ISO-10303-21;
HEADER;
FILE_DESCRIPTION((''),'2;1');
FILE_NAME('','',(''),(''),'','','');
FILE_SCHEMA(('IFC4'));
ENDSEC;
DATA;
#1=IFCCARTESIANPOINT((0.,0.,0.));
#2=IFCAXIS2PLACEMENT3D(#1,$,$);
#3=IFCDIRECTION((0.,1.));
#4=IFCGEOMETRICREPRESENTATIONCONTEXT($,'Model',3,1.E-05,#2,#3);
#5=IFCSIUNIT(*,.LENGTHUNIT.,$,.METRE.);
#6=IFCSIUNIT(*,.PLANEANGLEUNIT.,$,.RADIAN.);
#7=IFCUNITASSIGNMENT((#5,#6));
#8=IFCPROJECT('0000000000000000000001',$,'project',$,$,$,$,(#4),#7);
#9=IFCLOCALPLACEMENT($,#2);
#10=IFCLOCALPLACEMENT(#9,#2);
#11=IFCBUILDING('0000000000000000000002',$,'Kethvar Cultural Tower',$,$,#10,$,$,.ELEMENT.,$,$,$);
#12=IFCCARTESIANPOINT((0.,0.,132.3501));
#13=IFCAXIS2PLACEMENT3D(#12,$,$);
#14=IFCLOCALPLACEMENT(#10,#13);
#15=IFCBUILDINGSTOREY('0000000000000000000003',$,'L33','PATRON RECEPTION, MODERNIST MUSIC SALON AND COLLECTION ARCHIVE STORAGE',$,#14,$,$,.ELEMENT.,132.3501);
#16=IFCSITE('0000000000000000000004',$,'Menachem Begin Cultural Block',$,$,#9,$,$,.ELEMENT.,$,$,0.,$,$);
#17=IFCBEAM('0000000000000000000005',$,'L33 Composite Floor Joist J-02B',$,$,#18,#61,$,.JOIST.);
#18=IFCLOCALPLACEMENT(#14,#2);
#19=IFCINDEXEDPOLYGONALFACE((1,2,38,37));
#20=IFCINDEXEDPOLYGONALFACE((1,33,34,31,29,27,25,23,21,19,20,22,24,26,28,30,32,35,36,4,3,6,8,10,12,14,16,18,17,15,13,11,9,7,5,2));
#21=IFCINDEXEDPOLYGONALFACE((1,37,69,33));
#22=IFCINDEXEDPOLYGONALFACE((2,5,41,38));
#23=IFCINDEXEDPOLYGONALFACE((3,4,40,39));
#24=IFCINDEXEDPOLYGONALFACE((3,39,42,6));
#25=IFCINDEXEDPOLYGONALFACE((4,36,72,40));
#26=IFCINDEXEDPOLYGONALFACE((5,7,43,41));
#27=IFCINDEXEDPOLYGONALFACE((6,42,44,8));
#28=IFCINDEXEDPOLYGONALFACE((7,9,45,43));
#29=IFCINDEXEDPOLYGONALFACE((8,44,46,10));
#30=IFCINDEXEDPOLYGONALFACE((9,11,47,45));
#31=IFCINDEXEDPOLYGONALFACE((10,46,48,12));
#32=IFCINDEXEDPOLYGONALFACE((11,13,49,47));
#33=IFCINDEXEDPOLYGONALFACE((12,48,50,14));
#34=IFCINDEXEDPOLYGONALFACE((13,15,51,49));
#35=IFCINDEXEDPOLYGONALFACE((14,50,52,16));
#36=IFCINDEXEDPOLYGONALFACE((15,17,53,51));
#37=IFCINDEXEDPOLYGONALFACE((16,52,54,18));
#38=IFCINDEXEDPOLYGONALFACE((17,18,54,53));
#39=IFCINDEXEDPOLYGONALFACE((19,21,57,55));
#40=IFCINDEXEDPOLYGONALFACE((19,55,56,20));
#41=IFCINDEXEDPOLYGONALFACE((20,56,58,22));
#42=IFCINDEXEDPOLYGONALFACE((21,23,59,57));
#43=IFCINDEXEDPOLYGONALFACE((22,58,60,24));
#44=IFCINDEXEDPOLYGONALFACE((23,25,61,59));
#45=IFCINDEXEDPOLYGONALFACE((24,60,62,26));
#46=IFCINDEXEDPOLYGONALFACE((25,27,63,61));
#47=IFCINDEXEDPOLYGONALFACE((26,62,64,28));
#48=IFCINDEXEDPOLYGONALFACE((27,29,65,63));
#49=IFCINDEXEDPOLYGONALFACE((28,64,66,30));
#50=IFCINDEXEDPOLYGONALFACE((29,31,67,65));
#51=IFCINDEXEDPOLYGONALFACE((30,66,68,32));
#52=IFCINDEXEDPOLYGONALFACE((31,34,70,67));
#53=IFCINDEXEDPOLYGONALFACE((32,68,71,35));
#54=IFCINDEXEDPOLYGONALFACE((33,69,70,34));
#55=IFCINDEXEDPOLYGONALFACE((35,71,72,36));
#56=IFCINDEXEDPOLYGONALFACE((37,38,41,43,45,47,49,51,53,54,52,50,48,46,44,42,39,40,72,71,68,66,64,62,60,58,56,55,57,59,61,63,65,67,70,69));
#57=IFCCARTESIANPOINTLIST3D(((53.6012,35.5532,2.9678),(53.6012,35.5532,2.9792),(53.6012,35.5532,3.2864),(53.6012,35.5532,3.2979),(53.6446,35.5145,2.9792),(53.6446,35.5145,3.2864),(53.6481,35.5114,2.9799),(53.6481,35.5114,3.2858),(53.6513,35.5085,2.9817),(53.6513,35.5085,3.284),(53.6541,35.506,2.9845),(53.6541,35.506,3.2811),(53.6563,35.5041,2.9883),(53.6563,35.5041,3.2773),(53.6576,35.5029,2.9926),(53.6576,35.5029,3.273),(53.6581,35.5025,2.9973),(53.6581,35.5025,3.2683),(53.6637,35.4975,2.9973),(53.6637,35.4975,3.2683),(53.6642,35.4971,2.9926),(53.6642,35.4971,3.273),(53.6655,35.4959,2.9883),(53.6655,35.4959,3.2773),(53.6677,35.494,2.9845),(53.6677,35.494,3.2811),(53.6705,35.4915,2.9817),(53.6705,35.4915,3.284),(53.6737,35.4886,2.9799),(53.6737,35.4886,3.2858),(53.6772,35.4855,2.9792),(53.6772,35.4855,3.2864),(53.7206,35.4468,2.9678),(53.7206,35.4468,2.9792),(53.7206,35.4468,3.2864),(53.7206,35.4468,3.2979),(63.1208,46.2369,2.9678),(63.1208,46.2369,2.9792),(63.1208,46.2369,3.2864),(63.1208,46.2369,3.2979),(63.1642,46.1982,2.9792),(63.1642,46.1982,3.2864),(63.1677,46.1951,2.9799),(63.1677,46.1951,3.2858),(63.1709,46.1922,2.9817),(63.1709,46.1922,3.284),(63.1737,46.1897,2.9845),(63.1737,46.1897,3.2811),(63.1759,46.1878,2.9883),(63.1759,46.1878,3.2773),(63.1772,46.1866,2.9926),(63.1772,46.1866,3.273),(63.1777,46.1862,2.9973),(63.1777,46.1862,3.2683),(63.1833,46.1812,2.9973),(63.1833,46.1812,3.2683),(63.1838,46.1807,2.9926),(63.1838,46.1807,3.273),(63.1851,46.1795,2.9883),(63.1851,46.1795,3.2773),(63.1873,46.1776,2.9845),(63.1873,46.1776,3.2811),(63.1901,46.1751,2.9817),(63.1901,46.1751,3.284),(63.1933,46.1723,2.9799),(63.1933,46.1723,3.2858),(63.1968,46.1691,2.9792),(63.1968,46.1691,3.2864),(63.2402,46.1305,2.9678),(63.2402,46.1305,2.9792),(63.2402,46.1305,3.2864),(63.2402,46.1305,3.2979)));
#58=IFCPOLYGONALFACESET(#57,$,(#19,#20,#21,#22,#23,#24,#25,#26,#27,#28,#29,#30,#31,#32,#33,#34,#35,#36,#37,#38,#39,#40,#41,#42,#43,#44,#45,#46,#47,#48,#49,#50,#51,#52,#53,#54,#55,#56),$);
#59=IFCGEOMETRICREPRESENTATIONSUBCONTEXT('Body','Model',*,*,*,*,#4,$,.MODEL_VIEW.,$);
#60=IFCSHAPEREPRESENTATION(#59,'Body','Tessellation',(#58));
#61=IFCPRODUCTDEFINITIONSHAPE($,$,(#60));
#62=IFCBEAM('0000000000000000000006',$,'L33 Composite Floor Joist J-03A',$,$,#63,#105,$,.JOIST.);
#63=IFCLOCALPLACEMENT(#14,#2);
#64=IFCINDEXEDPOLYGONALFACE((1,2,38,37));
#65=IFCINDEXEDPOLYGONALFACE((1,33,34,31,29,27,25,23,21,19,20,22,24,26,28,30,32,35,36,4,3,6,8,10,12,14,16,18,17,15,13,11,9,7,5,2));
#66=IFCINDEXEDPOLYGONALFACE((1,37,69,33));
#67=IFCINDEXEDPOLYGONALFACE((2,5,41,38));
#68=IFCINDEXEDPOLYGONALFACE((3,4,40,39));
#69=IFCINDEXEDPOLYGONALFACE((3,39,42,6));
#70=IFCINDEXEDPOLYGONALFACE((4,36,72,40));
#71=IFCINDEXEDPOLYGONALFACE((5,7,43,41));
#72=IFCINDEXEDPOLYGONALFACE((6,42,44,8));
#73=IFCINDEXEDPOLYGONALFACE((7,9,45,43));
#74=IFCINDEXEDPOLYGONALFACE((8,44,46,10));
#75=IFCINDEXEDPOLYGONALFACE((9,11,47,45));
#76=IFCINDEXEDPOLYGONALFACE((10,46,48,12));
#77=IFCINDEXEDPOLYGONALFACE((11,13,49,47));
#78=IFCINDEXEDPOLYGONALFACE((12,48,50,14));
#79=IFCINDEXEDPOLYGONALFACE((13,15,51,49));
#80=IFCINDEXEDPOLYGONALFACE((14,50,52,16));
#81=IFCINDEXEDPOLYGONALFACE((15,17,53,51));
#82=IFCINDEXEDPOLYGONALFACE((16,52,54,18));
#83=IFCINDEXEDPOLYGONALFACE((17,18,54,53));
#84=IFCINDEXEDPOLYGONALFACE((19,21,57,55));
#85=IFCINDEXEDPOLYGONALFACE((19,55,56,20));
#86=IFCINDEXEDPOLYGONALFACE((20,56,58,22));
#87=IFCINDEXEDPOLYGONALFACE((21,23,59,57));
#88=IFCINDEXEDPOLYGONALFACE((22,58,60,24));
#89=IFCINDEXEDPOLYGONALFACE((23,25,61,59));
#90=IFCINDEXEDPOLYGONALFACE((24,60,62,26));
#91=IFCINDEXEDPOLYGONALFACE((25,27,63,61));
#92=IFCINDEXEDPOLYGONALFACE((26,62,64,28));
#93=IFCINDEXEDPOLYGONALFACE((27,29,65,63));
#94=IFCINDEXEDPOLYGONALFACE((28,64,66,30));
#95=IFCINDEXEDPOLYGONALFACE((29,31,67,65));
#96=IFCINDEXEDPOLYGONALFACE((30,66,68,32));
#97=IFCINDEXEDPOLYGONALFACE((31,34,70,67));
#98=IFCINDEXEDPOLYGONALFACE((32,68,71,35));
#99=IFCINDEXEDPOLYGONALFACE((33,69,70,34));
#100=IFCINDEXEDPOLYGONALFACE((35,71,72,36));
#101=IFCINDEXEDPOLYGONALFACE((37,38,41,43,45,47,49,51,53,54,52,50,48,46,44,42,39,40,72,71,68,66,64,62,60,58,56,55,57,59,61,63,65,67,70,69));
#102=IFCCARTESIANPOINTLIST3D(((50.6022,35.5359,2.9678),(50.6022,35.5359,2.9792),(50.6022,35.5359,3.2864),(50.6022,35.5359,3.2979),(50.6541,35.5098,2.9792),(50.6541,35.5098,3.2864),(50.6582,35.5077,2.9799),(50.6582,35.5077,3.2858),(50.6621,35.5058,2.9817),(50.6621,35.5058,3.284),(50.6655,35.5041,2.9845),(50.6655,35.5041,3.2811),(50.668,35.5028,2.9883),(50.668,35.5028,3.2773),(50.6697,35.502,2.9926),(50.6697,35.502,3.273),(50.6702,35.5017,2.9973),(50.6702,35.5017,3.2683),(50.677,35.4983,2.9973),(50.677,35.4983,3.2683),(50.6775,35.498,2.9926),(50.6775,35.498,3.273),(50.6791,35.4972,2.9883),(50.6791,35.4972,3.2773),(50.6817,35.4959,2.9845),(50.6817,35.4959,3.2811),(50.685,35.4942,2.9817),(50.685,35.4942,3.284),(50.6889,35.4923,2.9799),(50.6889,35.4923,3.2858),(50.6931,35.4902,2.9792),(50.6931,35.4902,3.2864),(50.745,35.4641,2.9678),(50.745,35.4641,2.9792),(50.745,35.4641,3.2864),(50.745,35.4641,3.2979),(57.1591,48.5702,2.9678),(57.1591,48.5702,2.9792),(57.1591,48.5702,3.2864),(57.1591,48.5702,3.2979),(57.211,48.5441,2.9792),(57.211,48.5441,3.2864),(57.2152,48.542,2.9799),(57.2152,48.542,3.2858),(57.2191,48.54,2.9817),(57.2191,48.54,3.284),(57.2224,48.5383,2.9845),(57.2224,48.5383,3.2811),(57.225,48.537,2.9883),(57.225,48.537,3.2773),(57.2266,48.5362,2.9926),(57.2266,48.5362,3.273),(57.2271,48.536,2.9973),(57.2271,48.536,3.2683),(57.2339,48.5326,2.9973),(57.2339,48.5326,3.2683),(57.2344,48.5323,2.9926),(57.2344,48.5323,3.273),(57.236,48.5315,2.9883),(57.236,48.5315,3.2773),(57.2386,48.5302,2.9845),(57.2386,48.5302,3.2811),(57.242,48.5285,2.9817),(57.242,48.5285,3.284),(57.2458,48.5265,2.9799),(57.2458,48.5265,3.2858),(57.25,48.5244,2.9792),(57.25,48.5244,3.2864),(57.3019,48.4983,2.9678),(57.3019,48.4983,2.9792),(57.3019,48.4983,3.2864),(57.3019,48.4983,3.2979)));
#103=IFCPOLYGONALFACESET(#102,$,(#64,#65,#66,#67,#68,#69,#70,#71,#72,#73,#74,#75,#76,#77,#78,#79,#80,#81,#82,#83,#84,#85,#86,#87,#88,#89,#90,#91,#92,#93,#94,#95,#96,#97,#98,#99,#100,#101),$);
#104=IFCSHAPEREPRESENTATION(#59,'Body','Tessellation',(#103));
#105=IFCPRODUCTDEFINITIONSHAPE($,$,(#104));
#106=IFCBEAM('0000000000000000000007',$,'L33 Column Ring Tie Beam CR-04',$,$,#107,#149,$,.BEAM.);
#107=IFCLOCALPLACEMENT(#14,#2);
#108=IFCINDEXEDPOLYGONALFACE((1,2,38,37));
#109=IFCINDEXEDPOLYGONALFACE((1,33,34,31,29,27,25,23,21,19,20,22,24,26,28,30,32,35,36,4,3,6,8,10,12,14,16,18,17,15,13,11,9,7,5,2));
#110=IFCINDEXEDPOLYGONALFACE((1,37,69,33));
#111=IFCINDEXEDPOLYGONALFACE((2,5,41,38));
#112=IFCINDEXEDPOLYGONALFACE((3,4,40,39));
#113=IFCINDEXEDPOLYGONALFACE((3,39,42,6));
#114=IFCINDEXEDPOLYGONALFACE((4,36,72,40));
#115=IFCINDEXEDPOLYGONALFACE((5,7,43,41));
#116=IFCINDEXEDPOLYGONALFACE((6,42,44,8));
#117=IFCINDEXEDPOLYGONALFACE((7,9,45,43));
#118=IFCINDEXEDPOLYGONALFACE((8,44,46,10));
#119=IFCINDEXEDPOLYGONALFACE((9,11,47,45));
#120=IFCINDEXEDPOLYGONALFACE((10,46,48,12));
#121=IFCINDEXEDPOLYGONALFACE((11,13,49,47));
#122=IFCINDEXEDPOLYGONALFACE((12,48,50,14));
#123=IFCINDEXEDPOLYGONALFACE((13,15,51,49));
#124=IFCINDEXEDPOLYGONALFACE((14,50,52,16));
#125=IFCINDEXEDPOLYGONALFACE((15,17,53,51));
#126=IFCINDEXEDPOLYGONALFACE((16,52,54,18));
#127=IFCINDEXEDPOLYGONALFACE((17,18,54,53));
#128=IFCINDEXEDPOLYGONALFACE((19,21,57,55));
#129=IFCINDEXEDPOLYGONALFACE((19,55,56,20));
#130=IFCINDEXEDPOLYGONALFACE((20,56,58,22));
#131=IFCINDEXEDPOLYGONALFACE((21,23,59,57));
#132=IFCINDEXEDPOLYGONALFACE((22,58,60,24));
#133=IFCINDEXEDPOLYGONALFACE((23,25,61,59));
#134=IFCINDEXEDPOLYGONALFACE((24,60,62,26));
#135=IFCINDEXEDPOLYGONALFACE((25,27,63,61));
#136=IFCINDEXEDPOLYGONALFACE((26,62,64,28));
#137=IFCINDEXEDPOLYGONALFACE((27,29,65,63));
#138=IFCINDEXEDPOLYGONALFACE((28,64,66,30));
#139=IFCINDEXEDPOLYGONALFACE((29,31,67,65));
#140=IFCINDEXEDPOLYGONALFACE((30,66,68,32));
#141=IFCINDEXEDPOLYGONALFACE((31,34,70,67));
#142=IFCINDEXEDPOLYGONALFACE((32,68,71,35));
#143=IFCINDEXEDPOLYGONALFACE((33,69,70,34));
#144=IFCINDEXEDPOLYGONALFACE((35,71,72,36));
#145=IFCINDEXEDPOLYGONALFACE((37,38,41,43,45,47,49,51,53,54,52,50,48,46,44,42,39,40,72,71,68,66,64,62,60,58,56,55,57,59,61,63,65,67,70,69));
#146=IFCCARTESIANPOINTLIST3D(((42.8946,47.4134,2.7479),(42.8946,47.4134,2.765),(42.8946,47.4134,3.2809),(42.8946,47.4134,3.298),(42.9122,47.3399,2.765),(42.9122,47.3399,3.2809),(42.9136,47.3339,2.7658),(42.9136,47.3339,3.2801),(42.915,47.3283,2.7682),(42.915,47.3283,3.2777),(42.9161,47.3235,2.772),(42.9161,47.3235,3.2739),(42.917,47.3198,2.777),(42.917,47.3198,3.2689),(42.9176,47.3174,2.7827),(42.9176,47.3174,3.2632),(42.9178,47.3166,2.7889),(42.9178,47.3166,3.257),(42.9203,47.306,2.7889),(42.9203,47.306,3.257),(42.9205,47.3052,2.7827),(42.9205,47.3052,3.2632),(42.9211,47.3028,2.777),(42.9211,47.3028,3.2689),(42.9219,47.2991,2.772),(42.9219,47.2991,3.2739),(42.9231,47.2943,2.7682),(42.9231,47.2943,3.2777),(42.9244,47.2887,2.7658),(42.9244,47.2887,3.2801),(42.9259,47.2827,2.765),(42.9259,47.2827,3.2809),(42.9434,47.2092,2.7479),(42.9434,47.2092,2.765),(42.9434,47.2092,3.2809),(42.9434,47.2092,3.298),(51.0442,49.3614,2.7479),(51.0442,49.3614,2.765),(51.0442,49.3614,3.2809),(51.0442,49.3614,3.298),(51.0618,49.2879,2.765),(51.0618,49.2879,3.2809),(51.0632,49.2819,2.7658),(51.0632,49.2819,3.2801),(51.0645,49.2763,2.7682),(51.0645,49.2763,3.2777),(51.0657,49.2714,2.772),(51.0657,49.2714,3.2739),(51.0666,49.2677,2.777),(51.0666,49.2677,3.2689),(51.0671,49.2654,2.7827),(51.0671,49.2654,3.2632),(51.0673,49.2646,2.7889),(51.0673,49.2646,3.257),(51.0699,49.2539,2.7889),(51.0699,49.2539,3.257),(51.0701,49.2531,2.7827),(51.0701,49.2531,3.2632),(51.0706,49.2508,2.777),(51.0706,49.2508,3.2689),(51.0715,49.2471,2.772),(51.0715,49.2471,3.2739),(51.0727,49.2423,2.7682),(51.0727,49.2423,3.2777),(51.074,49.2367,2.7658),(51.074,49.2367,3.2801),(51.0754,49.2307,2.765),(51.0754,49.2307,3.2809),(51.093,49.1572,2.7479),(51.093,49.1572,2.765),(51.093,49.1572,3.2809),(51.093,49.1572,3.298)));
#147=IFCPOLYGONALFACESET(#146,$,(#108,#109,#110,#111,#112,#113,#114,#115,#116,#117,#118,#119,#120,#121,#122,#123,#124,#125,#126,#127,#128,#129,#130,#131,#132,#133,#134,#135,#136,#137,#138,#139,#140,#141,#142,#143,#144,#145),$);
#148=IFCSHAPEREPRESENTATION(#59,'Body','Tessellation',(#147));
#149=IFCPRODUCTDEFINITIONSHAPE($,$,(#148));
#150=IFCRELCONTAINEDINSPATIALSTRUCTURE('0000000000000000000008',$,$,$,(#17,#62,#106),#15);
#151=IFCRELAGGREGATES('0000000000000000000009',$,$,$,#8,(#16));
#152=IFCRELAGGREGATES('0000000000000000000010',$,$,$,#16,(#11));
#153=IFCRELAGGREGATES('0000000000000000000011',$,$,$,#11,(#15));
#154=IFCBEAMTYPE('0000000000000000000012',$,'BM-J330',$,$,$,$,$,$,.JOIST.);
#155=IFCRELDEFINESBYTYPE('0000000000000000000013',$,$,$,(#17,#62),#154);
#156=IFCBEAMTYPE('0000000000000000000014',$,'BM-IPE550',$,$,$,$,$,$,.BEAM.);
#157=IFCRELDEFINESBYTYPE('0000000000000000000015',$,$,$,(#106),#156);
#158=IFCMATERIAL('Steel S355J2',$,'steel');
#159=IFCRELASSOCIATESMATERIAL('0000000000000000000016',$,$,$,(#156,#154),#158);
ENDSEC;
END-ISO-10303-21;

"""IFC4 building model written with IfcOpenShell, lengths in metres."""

from ifc_helpers import new_model, si_unit, direction, frame, origin, origin_2d, place, context, subcontext, project, spatial, i_section, extrude, source, transform, mapped, material, material_profile, profile_set, type_object, element, save


model = new_model("IFC4")

# Units and contexts
model_context = context("Model", 3, precision=1e-05, world=origin(), true_north=direction((0.0, 1.0)))
body_context = subcontext(model_context, "Body", "Model", "MODEL_VIEW")
ifc_project = project(units=[si_unit("LENGTHUNIT", "METRE"), si_unit("PLANEANGLEUNIT", "RADIAN")], contexts=[model_context])

# Site, building, storey
site_placement = place(None, origin())
site = spatial("IfcSite", under=ifc_project, at=site_placement, Name="Menachem Begin Cultural Block", CompositionType="ELEMENT", RefElevation=0.0)
building_placement = place(site_placement, origin())
building = spatial("IfcBuilding", under=site, at=building_placement, Name="Kethvar Cultural Tower", CompositionType="ELEMENT")
storey_placement = place(building_placement, frame((0.0, 0.0, 132.3501)))
storey = spatial("IfcBuildingStorey", under=building, at=storey_placement, Name="L33", Description="PATRON RECEPTION, MODERNIST MUSIC SALON AND COLLECTION ARCHIVE STORAGE", CompositionType="ELEMENT", Elevation=132.3501)

# Beams
ifc_material_1 = material(Name="Steel S355J2", Category="steel")
ifc_material_profile_1 = material_profile(ifc_material_1, i_section(OverallWidth=0.21, OverallDepth=0.55, WebThickness=0.011, FlangeThickness=0.0171, FilletRadius=0.0239, at=origin_2d()), Name="Steel S355J2 — IPE550")
ifc_profile_set_1 = profile_set([ifc_material_profile_1], Name="Steel S355J2 — IPE550")
beam_type_1 = type_object("IfcBeamType", Name="BM-IPE550", PredefinedType="BEAM", material=ifc_profile_set_1)
ifc_material_profile_2 = material_profile(ifc_material_1, i_section(OverallWidth=0.1599, OverallDepth=0.3301, WebThickness=0.0076, FlangeThickness=0.0115, FilletRadius=0.0181, at=origin_2d()), Name="Steel S355J2 — IPE330")
ifc_profile_set_2 = profile_set([ifc_material_profile_2], Name="Steel S355J2 — IPE330")
beam_type_2 = type_object("IfcBeamType", Name="BM-J330", PredefinedType="JOIST", material=ifc_profile_set_2)
shared_shape_1 = source(origin(), body_context, "Body", "SweptSolid", [
    extrude(i_section(OverallWidth=0.1599, OverallDepth=0.3301, WebThickness=0.0076, FlangeThickness=0.0115, FilletRadius=0.0181, at=origin_2d()), origin(), (0.0, 0.0, 1.0), 14.3096),
])
beam_1_placement = place(storey_placement, frame((53.6609, 35.5, 3.1328), z_axis=(0.665261, 0.746611, 0.0), x_axis=(-0.746611, 0.665261, 0.0)))
element("IfcBeam", 1, at=beam_1_placement, inside=storey, type_object=beam_type_2, Name="L33 Composite Floor Joist J-02B", PredefinedType="JOIST", context=body_context, shape_type="MappedRepresentation", body=[
    mapped(shared_shape_1, transform((0.0, 0.0, 0.0), scale=1.0)),
])
shared_shape_2 = source(origin(), body_context, "Body", "SweptSolid", [
    extrude(i_section(OverallWidth=0.1599, OverallDepth=0.3301, WebThickness=0.0076, FlangeThickness=0.0115, FilletRadius=0.0181, at=origin_2d()), origin(), (0.0, 0.0, 1.0), 14.5906),
])
beam_2_placement = place(storey_placement, frame((50.6736, 35.5, 3.1328), z_axis=(0.449394, 0.893334, 0.0), x_axis=(-0.893334, 0.449394, 0.0)))
element("IfcBeam", 2, at=beam_2_placement, inside=storey, type_object=beam_type_2, Name="L33 Composite Floor Joist J-03A", PredefinedType="JOIST", context=body_context, shape_type="MappedRepresentation", body=[
    mapped(shared_shape_2, transform((0.0, 0.0, 0.0), scale=1.0)),
])
shared_shape_3 = source(origin(), body_context, "Body", "SweptSolid", [
    extrude(i_section(OverallWidth=0.21, OverallDepth=0.55, WebThickness=0.011, FlangeThickness=0.0171, FilletRadius=0.0239, at=origin_2d()), origin(), (0.0, 0.0, 1.0), 8.3792),
])
beam_3_placement = place(storey_placement, frame((51.0686, 49.2593, 3.0229), z_axis=(-0.972601, -0.232479, 0.0), x_axis=(0.232479, -0.972601, 0.0)))
element("IfcBeam", 3, at=beam_3_placement, inside=storey, type_object=beam_type_1, Name="L33 Column Ring Tie Beam CR-04", PredefinedType="BEAM", context=body_context, shape_type="MappedRepresentation", body=[
    mapped(shared_shape_3, transform((0.0, 0.0, 0.0), scale=1.0)),
])

save(model, "model.ifc")
